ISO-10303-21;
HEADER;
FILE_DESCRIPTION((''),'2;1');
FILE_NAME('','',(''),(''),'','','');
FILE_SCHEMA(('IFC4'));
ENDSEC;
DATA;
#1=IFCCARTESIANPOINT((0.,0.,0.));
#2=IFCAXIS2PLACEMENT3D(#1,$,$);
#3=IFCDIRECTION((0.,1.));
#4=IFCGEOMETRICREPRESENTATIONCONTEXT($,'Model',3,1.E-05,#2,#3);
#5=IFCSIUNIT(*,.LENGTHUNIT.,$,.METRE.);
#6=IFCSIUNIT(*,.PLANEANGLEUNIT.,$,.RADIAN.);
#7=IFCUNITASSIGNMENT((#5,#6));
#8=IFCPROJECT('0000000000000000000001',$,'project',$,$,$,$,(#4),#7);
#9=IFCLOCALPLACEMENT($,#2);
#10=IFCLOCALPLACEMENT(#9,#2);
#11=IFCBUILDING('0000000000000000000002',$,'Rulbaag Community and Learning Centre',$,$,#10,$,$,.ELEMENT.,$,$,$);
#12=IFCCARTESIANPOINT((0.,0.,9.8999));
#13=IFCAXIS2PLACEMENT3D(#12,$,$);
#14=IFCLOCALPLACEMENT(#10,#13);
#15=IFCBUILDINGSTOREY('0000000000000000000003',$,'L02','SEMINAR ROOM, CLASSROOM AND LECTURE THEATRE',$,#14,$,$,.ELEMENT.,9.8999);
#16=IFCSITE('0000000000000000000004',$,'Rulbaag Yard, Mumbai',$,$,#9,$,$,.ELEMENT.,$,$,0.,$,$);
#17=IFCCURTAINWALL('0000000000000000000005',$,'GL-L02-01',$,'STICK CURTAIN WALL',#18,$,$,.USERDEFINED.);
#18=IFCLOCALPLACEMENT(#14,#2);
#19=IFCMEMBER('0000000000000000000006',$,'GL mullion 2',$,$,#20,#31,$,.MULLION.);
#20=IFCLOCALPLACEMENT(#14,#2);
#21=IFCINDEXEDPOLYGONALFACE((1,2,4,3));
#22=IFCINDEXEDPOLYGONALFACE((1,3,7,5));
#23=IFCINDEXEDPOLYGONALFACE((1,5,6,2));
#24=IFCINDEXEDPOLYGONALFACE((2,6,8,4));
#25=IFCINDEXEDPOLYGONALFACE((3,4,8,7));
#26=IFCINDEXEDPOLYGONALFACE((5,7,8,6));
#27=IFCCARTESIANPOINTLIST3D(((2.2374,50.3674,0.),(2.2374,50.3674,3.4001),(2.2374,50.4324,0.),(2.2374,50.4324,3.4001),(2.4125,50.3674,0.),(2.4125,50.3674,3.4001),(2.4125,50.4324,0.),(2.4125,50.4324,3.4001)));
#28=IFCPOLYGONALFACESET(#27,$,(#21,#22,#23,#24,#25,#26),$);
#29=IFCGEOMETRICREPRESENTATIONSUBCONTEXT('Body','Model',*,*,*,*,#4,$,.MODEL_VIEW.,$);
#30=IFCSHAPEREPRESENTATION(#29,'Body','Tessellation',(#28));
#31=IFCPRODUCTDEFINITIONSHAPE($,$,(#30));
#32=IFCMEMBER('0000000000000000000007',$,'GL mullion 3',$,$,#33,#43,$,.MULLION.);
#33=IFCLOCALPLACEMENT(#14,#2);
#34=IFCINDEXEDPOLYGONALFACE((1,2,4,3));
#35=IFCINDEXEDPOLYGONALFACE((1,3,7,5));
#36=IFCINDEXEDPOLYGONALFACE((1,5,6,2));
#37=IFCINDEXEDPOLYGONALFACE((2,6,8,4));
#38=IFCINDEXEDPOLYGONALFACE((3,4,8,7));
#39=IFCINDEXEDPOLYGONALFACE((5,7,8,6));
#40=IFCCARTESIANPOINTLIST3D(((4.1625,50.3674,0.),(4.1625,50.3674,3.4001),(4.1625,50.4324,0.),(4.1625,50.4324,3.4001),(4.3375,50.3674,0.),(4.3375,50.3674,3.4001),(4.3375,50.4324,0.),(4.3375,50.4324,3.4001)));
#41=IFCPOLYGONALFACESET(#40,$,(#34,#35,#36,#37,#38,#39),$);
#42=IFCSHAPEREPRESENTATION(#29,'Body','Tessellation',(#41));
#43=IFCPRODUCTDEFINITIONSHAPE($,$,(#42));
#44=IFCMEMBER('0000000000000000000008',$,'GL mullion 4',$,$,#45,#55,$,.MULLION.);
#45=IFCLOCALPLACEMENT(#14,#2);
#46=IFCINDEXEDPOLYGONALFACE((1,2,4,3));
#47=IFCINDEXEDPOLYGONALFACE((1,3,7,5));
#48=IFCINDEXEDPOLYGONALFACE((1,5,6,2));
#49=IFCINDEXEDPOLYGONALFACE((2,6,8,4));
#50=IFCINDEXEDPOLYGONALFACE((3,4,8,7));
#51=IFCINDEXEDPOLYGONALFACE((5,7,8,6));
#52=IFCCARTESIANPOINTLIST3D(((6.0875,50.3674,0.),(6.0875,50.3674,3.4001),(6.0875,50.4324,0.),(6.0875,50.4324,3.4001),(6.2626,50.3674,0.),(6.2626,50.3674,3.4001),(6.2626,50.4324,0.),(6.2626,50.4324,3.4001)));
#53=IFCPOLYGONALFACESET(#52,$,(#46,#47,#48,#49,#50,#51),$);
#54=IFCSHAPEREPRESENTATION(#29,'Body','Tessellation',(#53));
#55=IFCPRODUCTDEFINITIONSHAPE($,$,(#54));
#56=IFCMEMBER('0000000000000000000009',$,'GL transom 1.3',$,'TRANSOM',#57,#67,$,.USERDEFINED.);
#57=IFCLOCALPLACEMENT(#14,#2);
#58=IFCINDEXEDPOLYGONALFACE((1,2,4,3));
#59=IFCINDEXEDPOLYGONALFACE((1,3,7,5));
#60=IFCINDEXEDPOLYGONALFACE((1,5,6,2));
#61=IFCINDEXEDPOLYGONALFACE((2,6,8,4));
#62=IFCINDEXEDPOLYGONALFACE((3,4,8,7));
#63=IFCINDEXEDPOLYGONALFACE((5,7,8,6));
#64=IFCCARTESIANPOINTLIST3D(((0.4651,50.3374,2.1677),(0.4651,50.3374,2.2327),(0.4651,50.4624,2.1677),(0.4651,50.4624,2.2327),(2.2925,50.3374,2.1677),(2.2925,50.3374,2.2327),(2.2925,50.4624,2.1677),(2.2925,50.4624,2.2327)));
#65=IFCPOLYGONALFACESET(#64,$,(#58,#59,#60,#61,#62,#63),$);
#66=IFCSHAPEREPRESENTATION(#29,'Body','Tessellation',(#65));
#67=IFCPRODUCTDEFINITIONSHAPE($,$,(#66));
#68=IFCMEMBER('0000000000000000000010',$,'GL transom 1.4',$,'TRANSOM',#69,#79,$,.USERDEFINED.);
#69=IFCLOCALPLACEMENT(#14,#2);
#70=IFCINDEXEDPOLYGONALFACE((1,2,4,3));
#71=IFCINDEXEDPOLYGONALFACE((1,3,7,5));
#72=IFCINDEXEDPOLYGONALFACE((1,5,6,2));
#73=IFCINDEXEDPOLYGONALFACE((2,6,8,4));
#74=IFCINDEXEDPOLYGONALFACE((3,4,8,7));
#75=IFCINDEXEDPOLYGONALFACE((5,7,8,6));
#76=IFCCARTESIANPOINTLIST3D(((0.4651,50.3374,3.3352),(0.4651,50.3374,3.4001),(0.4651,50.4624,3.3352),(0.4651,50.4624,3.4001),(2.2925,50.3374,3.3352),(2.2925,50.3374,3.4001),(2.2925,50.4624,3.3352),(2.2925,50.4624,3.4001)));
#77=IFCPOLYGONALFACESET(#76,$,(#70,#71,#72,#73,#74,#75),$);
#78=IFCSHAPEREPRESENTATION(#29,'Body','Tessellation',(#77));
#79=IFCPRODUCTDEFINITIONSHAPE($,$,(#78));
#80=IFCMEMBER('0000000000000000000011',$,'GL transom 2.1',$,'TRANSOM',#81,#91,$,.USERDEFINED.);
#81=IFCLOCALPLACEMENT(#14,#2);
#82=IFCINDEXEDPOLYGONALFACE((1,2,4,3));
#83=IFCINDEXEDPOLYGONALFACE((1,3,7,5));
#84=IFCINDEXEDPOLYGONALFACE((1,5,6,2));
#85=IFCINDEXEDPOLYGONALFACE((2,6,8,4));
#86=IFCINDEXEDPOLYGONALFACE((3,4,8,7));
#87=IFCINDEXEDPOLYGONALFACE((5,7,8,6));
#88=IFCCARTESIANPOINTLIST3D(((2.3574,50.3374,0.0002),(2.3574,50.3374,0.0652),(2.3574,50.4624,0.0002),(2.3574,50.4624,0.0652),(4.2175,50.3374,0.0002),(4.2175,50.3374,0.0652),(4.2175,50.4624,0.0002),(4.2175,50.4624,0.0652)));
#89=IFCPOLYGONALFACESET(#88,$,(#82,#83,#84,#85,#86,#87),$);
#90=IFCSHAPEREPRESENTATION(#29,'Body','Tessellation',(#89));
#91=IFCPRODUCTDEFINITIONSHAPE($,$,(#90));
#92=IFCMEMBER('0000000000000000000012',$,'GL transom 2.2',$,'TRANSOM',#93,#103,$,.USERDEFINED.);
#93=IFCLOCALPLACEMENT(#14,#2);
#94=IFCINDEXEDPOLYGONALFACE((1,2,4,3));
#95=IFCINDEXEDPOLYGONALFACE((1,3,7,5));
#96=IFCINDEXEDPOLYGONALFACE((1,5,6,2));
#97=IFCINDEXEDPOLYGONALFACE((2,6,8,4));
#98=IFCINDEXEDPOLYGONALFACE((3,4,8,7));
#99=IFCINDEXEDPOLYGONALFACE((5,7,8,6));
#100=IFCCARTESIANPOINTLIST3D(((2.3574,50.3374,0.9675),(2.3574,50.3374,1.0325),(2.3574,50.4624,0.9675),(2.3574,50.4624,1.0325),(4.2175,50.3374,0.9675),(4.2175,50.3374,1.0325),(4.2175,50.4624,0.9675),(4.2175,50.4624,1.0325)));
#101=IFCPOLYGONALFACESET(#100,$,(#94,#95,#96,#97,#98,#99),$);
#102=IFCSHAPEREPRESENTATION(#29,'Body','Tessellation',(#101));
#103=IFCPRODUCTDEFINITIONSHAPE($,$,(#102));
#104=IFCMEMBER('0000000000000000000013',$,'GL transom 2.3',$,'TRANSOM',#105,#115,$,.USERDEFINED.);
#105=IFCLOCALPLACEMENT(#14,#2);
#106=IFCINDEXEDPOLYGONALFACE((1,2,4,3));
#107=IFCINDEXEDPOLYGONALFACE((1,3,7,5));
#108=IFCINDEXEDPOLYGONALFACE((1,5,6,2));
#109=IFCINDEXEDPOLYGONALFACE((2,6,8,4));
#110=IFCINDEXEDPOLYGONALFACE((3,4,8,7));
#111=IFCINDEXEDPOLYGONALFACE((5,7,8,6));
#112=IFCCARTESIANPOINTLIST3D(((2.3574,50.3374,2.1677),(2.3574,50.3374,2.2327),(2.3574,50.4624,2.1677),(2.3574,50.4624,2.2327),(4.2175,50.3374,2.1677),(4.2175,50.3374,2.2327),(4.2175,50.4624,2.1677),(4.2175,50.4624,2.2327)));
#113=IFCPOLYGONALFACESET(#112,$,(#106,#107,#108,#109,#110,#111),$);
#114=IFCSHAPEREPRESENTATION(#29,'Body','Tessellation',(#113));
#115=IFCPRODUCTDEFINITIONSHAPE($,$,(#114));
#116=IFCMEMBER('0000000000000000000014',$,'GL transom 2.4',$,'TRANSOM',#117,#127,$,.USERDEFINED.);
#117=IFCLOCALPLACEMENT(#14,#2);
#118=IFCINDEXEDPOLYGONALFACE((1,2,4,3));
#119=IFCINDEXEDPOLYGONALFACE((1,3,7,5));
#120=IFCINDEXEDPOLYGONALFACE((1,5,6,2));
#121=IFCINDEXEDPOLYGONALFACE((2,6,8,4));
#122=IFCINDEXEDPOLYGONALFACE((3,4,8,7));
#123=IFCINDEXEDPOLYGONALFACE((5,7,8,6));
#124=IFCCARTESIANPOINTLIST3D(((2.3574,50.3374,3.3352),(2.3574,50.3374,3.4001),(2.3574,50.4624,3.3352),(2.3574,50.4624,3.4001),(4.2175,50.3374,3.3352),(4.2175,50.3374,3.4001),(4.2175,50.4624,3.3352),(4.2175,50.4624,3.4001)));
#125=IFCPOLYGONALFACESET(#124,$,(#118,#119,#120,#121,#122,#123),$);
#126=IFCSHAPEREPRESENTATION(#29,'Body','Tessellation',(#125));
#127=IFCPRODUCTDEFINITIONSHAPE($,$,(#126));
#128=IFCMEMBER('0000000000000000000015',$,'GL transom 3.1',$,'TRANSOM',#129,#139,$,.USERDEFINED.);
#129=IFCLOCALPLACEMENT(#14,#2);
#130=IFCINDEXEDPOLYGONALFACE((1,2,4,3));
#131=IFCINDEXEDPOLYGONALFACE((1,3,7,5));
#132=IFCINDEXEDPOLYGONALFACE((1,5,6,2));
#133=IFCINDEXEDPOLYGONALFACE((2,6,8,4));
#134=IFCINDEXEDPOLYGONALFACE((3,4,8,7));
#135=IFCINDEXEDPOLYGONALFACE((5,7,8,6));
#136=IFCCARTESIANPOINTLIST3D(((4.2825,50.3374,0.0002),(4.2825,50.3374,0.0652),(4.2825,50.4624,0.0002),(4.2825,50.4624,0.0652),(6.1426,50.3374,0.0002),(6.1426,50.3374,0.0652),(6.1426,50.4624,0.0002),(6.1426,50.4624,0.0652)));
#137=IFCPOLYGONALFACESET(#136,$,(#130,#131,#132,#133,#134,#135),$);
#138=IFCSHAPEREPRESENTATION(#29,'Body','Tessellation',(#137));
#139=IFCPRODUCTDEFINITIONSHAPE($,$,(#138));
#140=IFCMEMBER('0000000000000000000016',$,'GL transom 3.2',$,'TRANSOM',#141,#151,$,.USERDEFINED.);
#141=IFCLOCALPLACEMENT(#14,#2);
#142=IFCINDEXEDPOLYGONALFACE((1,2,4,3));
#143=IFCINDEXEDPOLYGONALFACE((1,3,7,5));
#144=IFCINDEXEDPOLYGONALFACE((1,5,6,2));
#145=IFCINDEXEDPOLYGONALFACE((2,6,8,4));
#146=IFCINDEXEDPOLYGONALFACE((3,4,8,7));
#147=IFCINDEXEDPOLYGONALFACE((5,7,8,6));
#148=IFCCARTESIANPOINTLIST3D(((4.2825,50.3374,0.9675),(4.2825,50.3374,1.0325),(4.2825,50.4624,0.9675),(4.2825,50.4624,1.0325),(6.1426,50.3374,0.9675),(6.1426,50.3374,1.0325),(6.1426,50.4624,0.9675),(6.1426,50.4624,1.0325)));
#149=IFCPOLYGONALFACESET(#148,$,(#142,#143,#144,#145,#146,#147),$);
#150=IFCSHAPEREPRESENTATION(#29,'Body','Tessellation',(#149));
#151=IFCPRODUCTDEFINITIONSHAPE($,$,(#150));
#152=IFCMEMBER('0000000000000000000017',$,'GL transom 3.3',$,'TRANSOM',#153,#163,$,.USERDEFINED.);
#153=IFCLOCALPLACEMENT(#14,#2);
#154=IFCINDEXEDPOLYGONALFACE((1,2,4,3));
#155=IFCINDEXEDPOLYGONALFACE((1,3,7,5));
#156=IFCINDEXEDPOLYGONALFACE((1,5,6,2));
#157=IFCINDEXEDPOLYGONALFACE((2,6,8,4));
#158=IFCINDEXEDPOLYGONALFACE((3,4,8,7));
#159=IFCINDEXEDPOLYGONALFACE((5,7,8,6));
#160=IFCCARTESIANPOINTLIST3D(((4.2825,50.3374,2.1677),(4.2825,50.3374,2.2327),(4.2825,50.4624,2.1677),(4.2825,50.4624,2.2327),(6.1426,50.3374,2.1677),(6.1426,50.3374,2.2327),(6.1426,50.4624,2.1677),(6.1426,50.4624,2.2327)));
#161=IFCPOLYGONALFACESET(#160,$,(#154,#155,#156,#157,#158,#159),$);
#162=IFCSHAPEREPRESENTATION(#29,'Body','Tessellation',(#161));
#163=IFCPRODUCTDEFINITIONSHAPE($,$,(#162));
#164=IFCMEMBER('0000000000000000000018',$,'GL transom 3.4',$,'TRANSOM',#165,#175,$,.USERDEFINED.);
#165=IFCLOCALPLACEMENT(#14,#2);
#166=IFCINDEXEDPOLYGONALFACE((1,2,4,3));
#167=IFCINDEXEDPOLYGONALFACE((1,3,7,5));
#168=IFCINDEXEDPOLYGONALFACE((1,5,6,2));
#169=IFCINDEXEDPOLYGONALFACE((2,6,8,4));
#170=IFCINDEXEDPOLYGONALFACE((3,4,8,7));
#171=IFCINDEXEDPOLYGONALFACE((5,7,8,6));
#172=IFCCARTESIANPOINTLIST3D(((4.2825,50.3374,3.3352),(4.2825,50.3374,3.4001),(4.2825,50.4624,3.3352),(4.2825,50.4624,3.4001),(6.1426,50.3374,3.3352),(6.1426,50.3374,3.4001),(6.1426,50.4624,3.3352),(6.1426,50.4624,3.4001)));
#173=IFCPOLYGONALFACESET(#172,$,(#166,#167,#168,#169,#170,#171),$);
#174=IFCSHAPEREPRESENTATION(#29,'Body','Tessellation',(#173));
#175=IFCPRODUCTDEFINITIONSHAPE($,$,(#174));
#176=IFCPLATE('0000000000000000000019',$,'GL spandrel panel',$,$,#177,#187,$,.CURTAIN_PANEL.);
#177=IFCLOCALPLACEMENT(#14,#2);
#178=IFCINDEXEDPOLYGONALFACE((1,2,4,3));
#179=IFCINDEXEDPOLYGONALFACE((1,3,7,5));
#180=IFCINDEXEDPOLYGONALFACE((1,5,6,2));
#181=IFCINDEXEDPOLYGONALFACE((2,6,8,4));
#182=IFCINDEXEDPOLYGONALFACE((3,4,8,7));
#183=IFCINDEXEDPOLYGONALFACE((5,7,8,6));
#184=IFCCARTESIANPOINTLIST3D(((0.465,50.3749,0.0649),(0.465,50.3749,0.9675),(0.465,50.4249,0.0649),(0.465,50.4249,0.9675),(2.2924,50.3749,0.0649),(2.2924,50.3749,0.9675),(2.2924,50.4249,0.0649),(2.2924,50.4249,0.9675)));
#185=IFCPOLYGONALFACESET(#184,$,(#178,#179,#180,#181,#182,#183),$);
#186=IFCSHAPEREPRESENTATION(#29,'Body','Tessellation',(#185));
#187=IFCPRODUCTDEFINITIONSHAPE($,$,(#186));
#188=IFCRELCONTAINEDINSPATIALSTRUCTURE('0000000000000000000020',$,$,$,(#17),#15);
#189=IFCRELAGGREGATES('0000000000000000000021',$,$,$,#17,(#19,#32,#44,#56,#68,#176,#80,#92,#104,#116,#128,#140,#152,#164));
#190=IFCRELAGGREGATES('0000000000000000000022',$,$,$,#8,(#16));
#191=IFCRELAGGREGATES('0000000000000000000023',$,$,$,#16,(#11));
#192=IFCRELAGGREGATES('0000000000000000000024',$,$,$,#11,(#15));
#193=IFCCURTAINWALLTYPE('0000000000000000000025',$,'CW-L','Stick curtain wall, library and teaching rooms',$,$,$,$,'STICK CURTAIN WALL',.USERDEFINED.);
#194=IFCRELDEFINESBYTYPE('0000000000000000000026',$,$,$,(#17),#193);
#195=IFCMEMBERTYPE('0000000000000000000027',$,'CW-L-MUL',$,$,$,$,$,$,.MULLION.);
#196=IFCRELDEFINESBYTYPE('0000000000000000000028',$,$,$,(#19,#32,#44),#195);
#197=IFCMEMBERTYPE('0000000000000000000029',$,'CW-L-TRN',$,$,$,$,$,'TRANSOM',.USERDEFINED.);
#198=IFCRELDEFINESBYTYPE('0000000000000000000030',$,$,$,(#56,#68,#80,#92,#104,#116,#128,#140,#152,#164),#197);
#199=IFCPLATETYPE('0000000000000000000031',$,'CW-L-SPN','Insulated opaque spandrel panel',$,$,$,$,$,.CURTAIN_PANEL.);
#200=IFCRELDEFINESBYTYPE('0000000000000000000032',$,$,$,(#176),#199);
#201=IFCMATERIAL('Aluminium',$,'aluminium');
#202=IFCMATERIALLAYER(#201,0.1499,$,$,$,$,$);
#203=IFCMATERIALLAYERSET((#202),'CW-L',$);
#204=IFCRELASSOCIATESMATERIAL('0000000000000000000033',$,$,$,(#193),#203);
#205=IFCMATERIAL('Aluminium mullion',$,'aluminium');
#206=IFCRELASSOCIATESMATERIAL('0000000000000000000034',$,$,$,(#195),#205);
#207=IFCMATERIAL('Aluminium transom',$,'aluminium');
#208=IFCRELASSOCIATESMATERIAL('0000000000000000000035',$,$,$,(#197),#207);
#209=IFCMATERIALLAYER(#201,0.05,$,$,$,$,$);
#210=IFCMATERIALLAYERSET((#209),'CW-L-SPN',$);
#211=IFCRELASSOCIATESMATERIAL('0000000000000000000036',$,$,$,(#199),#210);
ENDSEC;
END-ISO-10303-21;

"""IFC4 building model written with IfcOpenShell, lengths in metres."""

from ifc_helpers import new_model, si_unit, direction, frame, origin, origin_2d, place, context, subcontext, project, spatial, rectangle, extrude, material, layer, layer_set, material_profile, profile_set, type_object, element, aggregate, save


model = new_model("IFC4")

# Units and contexts
model_context = context("Model", 3, precision=1e-05, world=origin(), true_north=direction((0.0, 1.0)))
body_context = subcontext(model_context, "Body", "Model", "MODEL_VIEW")
ifc_project = project(units=[si_unit("LENGTHUNIT", "METRE"), si_unit("PLANEANGLEUNIT", "RADIAN")], contexts=[model_context])

# Site, building, storey
site_placement = place(None, origin())
site = spatial("IfcSite", under=ifc_project, at=site_placement, Name="Rulbaag Yard, Mumbai", CompositionType="ELEMENT", RefElevation=0.0)
building_placement = place(site_placement, origin())
building = spatial("IfcBuilding", under=site, at=building_placement, Name="Rulbaag Community and Learning Centre", CompositionType="ELEMENT")
storey_placement = place(building_placement, frame((0.0, 0.0, 9.8999)))
storey = spatial("IfcBuildingStorey", under=building, at=storey_placement, Name="L02", Description="SEMINAR ROOM, CLASSROOM AND LECTURE THEATRE", CompositionType="ELEMENT", Elevation=9.8999)

# Curtain wall, members, plate
ifc_material_1 = material(Name="Aluminium", Category="aluminium")
ifc_layer_1 = layer(ifc_material_1, 0.1499)
ifc_layer_set_1 = layer_set([ifc_layer_1], Name="CW-L")
curtain_wall_type = type_object("IfcCurtainWallType", Name="CW-L", Description="Stick curtain wall, library and teaching rooms", ElementType="STICK CURTAIN WALL", PredefinedType="USERDEFINED", material=ifc_layer_set_1)
curtain_wall_placement = place(storey_placement, origin())
curtain_wall = element("IfcCurtainWall", 1, at=curtain_wall_placement, inside=storey, type_object=curtain_wall_type, Name="GL-L02-01", ObjectType="STICK CURTAIN WALL", PredefinedType="USERDEFINED")
ifc_material_2 = material(Name="Aluminium mullion", Category="aluminium")
ifc_material_profile_1 = material_profile(ifc_material_2, rectangle(XDim=0.0649, YDim=0.175, at=origin_2d()), Name="AL 65x175")
ifc_profile_set_1 = profile_set([ifc_material_profile_1], Name="Aluminium mullion")
member_type_1 = type_object("IfcMemberType", Name="CW-L-MUL", PredefinedType="MULLION", material=ifc_profile_set_1)
member_1_placement = place(storey_placement, frame((2.325, 50.3999, 0.0), z_axis=(0.0, 0.0, 1.0), x_axis=(0.0, 1.0, 0.0)))
member_1 = element("IfcMember", 2, at=member_1_placement, type_object=member_type_1, Name="GL mullion 2", PredefinedType="MULLION", context=body_context, shape_type="SweptSolid", body=[
    extrude(rectangle(XDim=0.0649, YDim=0.175, at=origin_2d()), origin(), (0.0, 0.0, 1.0), 3.4001),
])
member_2_placement = place(storey_placement, frame((4.25, 50.3999, 0.0), z_axis=(0.0, 0.0, 1.0), x_axis=(0.0, 1.0, 0.0)))
member_2 = element("IfcMember", 3, at=member_2_placement, type_object=member_type_1, Name="GL mullion 3", PredefinedType="MULLION", context=body_context, shape_type="SweptSolid", body=[
    extrude(rectangle(XDim=0.0649, YDim=0.175, at=origin_2d()), origin(), (0.0, 0.0, 1.0), 3.4001),
])
member_3_placement = place(storey_placement, frame((6.175, 50.3999, 0.0), z_axis=(0.0, 0.0, 1.0), x_axis=(0.0, 1.0, 0.0)))
member_3 = element("IfcMember", 4, at=member_3_placement, type_object=member_type_1, Name="GL mullion 4", PredefinedType="MULLION", context=body_context, shape_type="SweptSolid", body=[
    extrude(rectangle(XDim=0.0649, YDim=0.175, at=origin_2d()), origin(), (0.0, 0.0, 1.0), 3.4001),
])
ifc_material_3 = material(Name="Aluminium transom", Category="aluminium")
ifc_material_profile_2 = material_profile(ifc_material_3, rectangle(XDim=0.125, YDim=0.0649, at=origin_2d()), Name="AL 65x125 T")
ifc_profile_set_2 = profile_set([ifc_material_profile_2], Name="Aluminium transom")
member_type_2 = type_object("IfcMemberType", Name="CW-L-TRN", ElementType="TRANSOM", PredefinedType="USERDEFINED", material=ifc_profile_set_2)
member_4_placement = place(storey_placement, frame((0.4651, 50.3999, 2.2002), z_axis=(1.0, 0.0, 0.0), x_axis=(0.0, 1.0, 0.0)))
member_4 = element("IfcMember", 5, at=member_4_placement, type_object=member_type_2, Name="GL transom 1.3", ObjectType="TRANSOM", PredefinedType="USERDEFINED", context=body_context, shape_type="SweptSolid", body=[
    extrude(rectangle(XDim=0.125, YDim=0.0649, at=origin_2d()), origin(), (0.0, 0.0, 1.0), 1.8274),
])
member_5_placement = place(storey_placement, frame((0.4651, 50.3999, 3.3677), z_axis=(1.0, 0.0, 0.0), x_axis=(0.0, 1.0, 0.0)))
member_5 = element("IfcMember", 6, at=member_5_placement, type_object=member_type_2, Name="GL transom 1.4", ObjectType="TRANSOM", PredefinedType="USERDEFINED", context=body_context, shape_type="SweptSolid", body=[
    extrude(rectangle(XDim=0.125, YDim=0.0649, at=origin_2d()), origin(), (0.0, 0.0, 1.0), 1.8274),
])
member_6_placement = place(storey_placement, frame((2.3574, 50.3999, 0.0327), z_axis=(1.0, 0.0, 0.0), x_axis=(0.0, 1.0, 0.0)))
member_6 = element("IfcMember", 7, at=member_6_placement, type_object=member_type_2, Name="GL transom 2.1", ObjectType="TRANSOM", PredefinedType="USERDEFINED", context=body_context, shape_type="SweptSolid", body=[
    extrude(rectangle(XDim=0.125, YDim=0.0649, at=origin_2d()), origin(), (0.0, 0.0, 1.0), 1.8601),
])
member_7_placement = place(storey_placement, frame((2.3574, 50.3999, 1.0), z_axis=(1.0, 0.0, 0.0), x_axis=(0.0, 1.0, 0.0)))
member_7 = element("IfcMember", 8, at=member_7_placement, type_object=member_type_2, Name="GL transom 2.2", ObjectType="TRANSOM", PredefinedType="USERDEFINED", context=body_context, shape_type="SweptSolid", body=[
    extrude(rectangle(XDim=0.125, YDim=0.0649, at=origin_2d()), origin(), (0.0, 0.0, 1.0), 1.8601),
])
member_8_placement = place(storey_placement, frame((2.3574, 50.3999, 2.2002), z_axis=(1.0, 0.0, 0.0), x_axis=(0.0, 1.0, 0.0)))
member_8 = element("IfcMember", 9, at=member_8_placement, type_object=member_type_2, Name="GL transom 2.3", ObjectType="TRANSOM", PredefinedType="USERDEFINED", context=body_context, shape_type="SweptSolid", body=[
    extrude(rectangle(XDim=0.125, YDim=0.0649, at=origin_2d()), origin(), (0.0, 0.0, 1.0), 1.8601),
])
member_9_placement = place(storey_placement, frame((2.3574, 50.3999, 3.3677), z_axis=(1.0, 0.0, 0.0), x_axis=(0.0, 1.0, 0.0)))
member_9 = element("IfcMember", 10, at=member_9_placement, type_object=member_type_2, Name="GL transom 2.4", ObjectType="TRANSOM", PredefinedType="USERDEFINED", context=body_context, shape_type="SweptSolid", body=[
    extrude(rectangle(XDim=0.125, YDim=0.0649, at=origin_2d()), origin(), (0.0, 0.0, 1.0), 1.8601),
])
member_10_placement = place(storey_placement, frame((4.2825, 50.3999, 0.0327), z_axis=(1.0, 0.0, 0.0), x_axis=(0.0, 1.0, 0.0)))
member_10 = element("IfcMember", 11, at=member_10_placement, type_object=member_type_2, Name="GL transom 3.1", ObjectType="TRANSOM", PredefinedType="USERDEFINED", context=body_context, shape_type="SweptSolid", body=[
    extrude(rectangle(XDim=0.125, YDim=0.0649, at=origin_2d()), origin(), (0.0, 0.0, 1.0), 1.8601),
])
member_11_placement = place(storey_placement, frame((4.2825, 50.3999, 1.0), z_axis=(1.0, 0.0, 0.0), x_axis=(0.0, 1.0, 0.0)))
member_11 = element("IfcMember", 12, at=member_11_placement, type_object=member_type_2, Name="GL transom 3.2", ObjectType="TRANSOM", PredefinedType="USERDEFINED", context=body_context, shape_type="SweptSolid", body=[
    extrude(rectangle(XDim=0.125, YDim=0.0649, at=origin_2d()), origin(), (0.0, 0.0, 1.0), 1.8601),
])
member_12_placement = place(storey_placement, frame((4.2825, 50.3999, 2.2002), z_axis=(1.0, 0.0, 0.0), x_axis=(0.0, 1.0, 0.0)))
member_12 = element("IfcMember", 13, at=member_12_placement, type_object=member_type_2, Name="GL transom 3.3", ObjectType="TRANSOM", PredefinedType="USERDEFINED", context=body_context, shape_type="SweptSolid", body=[
    extrude(rectangle(XDim=0.125, YDim=0.0649, at=origin_2d()), origin(), (0.0, 0.0, 1.0), 1.8601),
])
member_13_placement = place(storey_placement, frame((4.2825, 50.3999, 3.3677), z_axis=(1.0, 0.0, 0.0), x_axis=(0.0, 1.0, 0.0)))
member_13 = element("IfcMember", 14, at=member_13_placement, type_object=member_type_2, Name="GL transom 3.4", ObjectType="TRANSOM", PredefinedType="USERDEFINED", context=body_context, shape_type="SweptSolid", body=[
    extrude(rectangle(XDim=0.125, YDim=0.0649, at=origin_2d()), origin(), (0.0, 0.0, 1.0), 1.8601),
])
ifc_layer_2 = layer(ifc_material_1, 0.05)
ifc_layer_set_2 = layer_set([ifc_layer_2], Name="CW-L-SPN")
plate_type_1 = type_object("IfcPlateType", Name="CW-L-SPN", Description="Insulated opaque spandrel panel", PredefinedType="CURTAIN_PANEL", material=ifc_layer_set_2)
plate_1_placement = place(storey_placement, frame((1.3787, 50.3999, 0.0649), z_axis=(0.0, 0.0, 1.0), x_axis=(1.0, 0.0, 0.0)))
plate_1 = element("IfcPlate", 15, at=plate_1_placement, type_object=plate_type_1, Name="GL spandrel panel", PredefinedType="CURTAIN_PANEL", context=body_context, shape_type="SweptSolid", body=[
    extrude(rectangle(XDim=1.8274, YDim=0.05, at=origin_2d()), origin(), (0.0, 0.0, 1.0), 0.9026),
])
aggregate(curtain_wall, [member_1, member_2, member_3, member_4, member_5, plate_1, member_6, member_7, member_8, member_9, member_10, member_11, member_12, member_13])

save(model, "model.ifc")
